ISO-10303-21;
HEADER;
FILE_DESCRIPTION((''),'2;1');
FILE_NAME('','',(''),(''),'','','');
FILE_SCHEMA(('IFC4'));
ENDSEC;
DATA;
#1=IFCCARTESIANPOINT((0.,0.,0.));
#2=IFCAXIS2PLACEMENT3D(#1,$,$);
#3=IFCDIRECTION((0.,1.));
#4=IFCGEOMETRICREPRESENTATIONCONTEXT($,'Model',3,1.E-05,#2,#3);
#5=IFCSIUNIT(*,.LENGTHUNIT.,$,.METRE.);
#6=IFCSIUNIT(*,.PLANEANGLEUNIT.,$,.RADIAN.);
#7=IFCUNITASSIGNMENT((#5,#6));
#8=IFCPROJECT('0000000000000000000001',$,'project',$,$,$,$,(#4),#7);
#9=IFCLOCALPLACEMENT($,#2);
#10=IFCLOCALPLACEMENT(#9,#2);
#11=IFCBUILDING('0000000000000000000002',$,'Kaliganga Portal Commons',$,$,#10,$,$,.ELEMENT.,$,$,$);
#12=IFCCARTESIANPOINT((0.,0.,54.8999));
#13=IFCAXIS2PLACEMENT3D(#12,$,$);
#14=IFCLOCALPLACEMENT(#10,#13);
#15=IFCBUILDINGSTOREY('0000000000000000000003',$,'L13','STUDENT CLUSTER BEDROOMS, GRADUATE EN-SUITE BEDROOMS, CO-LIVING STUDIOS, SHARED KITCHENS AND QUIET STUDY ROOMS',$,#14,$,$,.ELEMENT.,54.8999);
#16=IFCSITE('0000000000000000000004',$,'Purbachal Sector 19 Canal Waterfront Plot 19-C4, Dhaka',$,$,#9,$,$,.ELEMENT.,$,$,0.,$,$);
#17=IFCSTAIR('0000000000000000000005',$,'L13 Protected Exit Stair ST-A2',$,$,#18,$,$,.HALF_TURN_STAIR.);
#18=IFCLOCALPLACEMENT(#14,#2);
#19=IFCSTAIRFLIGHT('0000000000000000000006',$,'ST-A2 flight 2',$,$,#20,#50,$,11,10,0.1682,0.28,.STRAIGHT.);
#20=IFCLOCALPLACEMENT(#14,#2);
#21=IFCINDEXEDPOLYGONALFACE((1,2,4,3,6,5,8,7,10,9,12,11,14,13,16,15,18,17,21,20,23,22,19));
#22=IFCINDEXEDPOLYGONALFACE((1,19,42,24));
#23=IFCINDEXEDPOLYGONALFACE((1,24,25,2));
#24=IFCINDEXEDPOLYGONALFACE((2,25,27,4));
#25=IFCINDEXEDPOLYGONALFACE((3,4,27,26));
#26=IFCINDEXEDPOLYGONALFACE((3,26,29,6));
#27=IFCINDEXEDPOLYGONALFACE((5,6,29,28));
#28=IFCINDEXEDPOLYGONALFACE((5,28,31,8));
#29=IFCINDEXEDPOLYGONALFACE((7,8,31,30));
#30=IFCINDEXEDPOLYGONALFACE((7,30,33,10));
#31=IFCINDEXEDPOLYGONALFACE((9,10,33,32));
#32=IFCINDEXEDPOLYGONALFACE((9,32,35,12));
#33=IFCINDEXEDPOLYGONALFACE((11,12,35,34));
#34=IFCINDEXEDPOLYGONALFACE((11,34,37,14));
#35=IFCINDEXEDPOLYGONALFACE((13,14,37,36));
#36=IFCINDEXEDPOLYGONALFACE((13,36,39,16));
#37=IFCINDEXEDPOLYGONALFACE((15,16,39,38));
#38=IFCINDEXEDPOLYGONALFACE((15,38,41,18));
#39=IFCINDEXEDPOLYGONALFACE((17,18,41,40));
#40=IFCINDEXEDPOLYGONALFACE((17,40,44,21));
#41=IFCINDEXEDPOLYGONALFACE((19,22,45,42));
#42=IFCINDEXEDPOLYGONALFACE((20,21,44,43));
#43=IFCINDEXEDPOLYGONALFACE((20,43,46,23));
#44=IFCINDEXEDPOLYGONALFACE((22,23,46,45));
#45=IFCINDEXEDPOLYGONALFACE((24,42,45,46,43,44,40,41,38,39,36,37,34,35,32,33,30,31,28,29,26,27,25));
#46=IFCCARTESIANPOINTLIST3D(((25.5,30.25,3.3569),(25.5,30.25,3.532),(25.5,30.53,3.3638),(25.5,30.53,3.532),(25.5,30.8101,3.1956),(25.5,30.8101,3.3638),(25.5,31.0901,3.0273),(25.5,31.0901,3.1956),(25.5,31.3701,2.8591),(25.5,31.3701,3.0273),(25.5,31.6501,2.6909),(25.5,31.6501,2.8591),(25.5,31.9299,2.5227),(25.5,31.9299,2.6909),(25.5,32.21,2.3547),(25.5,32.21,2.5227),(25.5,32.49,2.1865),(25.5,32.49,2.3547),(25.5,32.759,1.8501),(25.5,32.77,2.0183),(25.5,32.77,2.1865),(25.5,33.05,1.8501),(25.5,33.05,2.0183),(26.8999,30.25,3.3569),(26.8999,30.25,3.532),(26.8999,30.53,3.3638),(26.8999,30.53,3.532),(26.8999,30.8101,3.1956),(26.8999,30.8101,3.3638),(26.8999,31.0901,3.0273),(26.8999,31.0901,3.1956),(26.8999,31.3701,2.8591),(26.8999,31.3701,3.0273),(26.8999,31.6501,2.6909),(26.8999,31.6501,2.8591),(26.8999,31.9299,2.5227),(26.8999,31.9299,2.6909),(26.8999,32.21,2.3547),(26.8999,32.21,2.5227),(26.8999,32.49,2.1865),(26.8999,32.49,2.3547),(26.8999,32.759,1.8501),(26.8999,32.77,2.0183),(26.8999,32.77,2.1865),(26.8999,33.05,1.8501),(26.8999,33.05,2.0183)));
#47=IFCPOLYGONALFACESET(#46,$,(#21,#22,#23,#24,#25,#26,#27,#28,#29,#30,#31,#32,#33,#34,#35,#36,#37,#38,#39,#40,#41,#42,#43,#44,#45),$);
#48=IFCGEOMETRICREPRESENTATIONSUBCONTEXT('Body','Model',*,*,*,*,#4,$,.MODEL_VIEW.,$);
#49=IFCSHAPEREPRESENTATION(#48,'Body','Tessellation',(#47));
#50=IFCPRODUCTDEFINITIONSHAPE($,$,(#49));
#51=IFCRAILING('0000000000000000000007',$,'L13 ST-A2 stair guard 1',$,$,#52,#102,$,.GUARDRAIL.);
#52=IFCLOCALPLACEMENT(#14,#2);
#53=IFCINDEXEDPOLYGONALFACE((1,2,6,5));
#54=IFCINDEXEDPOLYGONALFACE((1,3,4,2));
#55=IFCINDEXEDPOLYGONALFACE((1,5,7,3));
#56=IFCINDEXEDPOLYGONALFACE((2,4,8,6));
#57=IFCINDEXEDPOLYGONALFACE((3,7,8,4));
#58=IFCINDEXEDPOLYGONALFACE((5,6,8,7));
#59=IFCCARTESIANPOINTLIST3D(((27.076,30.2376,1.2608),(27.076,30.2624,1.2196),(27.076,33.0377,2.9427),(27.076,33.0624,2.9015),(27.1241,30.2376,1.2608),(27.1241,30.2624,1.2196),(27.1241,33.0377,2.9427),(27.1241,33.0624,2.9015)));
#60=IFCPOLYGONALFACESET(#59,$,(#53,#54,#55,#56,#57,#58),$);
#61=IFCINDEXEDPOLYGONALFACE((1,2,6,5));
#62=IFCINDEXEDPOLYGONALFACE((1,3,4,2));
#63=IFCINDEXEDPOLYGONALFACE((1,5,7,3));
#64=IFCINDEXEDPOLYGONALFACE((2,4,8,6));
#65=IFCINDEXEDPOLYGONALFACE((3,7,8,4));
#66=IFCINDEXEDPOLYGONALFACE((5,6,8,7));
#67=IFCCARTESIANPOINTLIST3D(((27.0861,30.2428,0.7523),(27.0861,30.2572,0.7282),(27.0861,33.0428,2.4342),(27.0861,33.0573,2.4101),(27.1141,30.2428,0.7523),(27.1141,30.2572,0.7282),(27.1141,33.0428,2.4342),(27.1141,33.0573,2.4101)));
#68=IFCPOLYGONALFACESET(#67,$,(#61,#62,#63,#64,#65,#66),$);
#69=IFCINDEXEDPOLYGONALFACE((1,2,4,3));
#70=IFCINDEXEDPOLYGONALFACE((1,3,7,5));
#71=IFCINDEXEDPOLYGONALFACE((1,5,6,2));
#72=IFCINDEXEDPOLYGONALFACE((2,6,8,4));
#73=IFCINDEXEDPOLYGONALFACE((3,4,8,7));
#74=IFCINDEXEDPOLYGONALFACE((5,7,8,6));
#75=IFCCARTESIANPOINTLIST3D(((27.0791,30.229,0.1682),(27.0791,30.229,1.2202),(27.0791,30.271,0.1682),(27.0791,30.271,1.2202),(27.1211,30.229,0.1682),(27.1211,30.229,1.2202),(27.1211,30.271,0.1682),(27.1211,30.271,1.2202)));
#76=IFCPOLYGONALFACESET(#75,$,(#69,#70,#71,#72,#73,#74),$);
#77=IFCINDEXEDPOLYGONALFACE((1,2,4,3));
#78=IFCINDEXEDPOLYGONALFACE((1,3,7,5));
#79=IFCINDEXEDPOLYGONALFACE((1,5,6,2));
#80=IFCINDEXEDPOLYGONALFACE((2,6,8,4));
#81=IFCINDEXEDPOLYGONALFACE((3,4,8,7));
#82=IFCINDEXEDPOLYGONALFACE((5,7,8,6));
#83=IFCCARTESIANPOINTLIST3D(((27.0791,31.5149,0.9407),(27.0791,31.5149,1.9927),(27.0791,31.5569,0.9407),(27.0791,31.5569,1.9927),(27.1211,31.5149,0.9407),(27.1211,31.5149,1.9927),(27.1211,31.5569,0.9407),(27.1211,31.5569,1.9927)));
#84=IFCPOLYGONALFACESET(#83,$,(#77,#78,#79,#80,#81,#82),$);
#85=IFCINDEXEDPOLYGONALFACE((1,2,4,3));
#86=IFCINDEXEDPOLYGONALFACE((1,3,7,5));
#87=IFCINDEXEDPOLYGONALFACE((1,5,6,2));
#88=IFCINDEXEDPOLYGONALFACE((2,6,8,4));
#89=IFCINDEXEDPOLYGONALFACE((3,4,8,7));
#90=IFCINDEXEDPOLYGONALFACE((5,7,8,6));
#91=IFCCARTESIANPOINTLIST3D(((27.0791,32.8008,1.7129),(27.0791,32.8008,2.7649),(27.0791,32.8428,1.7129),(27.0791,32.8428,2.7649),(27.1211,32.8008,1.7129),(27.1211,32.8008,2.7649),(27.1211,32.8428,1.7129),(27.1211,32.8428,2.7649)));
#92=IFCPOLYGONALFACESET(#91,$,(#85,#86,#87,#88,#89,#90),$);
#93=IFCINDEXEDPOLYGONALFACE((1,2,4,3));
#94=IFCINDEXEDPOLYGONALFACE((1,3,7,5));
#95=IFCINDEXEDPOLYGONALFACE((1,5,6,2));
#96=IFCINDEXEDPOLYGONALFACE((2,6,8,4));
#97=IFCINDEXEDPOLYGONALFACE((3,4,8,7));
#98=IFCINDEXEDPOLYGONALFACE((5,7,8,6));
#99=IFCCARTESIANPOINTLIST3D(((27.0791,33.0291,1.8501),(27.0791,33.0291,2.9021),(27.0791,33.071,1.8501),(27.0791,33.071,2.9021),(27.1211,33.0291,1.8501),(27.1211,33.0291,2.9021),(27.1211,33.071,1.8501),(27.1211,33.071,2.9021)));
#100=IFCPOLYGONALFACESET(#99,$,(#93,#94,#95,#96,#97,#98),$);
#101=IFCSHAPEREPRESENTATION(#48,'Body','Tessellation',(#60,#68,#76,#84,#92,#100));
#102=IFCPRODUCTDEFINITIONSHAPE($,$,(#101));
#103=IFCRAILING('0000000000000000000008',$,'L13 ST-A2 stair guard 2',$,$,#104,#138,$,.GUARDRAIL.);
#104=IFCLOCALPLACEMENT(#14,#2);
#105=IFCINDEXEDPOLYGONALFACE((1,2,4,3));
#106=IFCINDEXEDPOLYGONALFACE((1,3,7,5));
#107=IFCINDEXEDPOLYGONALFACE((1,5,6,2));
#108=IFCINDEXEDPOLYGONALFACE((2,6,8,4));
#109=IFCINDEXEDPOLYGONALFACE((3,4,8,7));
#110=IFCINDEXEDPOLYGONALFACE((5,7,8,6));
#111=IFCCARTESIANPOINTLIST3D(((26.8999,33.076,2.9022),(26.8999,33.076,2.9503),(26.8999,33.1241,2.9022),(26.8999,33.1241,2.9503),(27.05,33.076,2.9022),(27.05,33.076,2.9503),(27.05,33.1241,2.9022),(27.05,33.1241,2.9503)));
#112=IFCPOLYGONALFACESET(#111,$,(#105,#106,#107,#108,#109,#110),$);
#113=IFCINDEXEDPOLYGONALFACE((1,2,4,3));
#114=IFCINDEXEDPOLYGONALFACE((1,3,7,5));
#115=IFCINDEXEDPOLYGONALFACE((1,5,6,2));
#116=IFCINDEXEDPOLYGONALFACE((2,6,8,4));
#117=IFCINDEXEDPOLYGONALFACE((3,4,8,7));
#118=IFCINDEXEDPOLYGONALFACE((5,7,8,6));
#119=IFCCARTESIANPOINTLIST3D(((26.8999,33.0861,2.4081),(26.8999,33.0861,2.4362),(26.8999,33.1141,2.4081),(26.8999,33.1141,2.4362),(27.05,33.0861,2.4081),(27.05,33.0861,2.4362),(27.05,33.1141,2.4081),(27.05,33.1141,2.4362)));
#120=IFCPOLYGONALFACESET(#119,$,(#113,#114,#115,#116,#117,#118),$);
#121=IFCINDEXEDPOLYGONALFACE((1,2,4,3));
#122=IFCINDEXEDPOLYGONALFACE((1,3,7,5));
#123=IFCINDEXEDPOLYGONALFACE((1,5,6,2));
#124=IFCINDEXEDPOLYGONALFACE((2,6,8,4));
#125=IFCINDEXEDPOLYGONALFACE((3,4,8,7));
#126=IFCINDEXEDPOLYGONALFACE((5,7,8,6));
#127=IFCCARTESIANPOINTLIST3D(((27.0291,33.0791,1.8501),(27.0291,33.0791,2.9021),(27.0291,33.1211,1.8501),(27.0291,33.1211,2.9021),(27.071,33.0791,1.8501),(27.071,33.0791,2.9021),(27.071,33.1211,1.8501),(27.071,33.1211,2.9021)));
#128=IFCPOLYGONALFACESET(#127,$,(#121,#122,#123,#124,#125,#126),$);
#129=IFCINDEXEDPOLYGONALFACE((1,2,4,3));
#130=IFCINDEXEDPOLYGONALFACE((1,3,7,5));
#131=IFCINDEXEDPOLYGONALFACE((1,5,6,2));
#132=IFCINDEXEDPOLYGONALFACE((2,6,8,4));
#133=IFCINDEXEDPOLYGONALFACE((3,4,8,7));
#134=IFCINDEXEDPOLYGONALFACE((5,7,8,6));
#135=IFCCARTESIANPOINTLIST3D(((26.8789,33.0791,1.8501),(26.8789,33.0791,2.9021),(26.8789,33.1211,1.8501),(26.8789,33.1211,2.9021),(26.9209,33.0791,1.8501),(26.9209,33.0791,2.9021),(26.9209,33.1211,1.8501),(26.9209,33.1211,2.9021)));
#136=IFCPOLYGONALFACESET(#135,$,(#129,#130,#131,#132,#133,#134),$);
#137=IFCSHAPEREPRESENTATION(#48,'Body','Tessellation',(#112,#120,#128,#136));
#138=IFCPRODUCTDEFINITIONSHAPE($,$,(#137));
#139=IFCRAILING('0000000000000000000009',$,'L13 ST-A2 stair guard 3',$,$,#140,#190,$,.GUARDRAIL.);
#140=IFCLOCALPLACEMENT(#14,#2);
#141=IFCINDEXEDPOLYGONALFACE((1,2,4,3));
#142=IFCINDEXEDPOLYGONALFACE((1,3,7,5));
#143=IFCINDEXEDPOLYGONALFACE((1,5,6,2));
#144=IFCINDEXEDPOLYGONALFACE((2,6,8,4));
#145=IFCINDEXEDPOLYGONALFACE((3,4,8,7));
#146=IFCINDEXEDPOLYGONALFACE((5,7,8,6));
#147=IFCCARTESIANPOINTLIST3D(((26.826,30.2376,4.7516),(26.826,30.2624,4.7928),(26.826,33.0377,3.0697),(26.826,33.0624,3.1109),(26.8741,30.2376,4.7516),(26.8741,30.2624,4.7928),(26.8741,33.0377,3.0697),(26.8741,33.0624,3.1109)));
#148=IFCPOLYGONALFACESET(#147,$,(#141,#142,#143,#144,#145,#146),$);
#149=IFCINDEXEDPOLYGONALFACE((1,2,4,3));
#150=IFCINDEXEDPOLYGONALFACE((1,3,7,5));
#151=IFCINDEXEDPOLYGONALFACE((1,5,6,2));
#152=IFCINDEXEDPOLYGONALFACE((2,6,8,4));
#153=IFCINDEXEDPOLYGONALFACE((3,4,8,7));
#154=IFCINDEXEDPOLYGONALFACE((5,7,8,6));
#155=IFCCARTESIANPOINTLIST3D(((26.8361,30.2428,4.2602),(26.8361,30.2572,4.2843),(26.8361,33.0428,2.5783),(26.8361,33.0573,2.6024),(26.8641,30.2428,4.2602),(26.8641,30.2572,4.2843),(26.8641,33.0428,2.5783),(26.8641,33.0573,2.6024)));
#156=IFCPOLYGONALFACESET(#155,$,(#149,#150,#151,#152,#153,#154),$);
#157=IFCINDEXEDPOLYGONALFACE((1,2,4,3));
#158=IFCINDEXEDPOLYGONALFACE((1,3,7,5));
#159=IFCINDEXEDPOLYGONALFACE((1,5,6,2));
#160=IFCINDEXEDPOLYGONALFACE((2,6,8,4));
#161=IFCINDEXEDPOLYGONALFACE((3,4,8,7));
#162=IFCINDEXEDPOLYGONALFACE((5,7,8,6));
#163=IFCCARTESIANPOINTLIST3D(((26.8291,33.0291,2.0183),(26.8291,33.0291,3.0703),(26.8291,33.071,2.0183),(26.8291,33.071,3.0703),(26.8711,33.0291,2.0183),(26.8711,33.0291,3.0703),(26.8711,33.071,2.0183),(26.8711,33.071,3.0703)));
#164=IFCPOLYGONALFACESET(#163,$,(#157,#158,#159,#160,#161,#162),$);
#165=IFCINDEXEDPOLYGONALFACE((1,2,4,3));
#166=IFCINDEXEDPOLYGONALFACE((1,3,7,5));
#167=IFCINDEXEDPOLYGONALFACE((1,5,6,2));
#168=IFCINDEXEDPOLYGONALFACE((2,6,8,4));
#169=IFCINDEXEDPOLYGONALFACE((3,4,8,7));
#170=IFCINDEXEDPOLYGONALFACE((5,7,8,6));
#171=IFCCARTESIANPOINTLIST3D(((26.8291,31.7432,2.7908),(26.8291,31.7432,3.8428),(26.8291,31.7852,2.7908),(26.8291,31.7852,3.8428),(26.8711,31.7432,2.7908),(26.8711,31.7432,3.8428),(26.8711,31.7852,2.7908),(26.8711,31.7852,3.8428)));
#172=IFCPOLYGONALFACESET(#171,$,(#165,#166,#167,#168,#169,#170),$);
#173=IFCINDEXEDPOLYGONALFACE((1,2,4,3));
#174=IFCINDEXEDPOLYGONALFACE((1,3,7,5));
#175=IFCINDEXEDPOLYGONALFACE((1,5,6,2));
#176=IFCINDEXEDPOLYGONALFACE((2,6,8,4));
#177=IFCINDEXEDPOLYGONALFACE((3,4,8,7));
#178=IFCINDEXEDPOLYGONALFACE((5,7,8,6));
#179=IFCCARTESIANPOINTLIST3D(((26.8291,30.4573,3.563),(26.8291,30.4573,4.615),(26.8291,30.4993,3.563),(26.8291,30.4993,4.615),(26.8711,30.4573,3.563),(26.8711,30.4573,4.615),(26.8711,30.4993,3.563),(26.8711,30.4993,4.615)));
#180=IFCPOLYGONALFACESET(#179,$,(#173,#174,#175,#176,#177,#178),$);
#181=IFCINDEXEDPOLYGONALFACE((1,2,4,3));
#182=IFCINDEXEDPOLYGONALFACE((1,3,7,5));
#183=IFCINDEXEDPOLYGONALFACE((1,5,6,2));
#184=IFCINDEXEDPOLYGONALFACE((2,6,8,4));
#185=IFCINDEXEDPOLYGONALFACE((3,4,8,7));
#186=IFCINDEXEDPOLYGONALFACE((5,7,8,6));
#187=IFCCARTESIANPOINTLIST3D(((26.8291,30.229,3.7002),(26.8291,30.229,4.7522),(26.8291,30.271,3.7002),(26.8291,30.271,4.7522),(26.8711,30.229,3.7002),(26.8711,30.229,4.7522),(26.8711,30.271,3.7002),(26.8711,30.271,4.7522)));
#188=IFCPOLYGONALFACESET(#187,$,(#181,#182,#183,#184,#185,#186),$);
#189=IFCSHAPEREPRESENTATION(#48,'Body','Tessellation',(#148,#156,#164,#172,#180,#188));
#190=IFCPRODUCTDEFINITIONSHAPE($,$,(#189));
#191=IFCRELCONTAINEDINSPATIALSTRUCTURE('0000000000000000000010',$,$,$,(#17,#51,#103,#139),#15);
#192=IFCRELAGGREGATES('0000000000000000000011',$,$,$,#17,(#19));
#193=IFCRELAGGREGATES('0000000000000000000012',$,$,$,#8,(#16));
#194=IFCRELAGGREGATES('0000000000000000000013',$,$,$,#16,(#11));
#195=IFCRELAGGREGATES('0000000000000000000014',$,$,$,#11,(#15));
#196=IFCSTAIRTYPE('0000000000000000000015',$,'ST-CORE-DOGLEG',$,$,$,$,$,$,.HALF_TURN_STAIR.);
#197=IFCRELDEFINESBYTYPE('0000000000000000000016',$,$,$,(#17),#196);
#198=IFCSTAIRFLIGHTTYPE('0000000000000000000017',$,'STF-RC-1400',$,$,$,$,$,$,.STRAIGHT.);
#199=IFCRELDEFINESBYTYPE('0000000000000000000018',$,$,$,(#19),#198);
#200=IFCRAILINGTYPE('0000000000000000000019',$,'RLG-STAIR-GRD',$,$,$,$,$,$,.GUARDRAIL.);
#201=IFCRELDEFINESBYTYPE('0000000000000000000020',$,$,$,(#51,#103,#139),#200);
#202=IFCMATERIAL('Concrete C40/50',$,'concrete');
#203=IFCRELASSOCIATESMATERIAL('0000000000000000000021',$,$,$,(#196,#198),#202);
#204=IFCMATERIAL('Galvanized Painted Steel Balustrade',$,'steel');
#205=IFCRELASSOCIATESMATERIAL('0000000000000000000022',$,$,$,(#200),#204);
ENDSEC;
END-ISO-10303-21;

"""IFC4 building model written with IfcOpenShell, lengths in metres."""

from ifc_helpers import new_model, si_unit, direction, frame, origin, origin_2d, place, context, subcontext, project, spatial, polyline, rectangle, outline, extrude, material, type_object, element, aggregate, save


model = new_model("IFC4")

# Units and contexts
model_context = context("Model", 3, precision=1e-05, world=origin(), true_north=direction((0.0, 1.0)))
body_context = subcontext(model_context, "Body", "Model", "MODEL_VIEW")
ifc_project = project(units=[si_unit("LENGTHUNIT", "METRE"), si_unit("PLANEANGLEUNIT", "RADIAN")], contexts=[model_context])

# Site, building, storey
site_placement = place(None, origin())
site = spatial("IfcSite", under=ifc_project, at=site_placement, Name="Purbachal Sector 19 Canal Waterfront Plot 19-C4, Dhaka", CompositionType="ELEMENT", RefElevation=0.0)
building_placement = place(site_placement, origin())
building = spatial("IfcBuilding", under=site, at=building_placement, Name="Kaliganga Portal Commons", CompositionType="ELEMENT")
storey_placement = place(building_placement, frame((0.0, 0.0, 54.8999)))
storey = spatial("IfcBuildingStorey", under=building, at=storey_placement, Name="L13", Description="STUDENT CLUSTER BEDROOMS, GRADUATE EN-SUITE BEDROOMS, CO-LIVING STUDIOS, SHARED KITCHENS AND QUIET STUDY ROOMS", CompositionType="ELEMENT", Elevation=54.8999)

# Stair, stair flight
ifc_material_1 = material(Name="Concrete C40/50", Category="concrete")
stair_type = type_object("IfcStairType", Name="ST-CORE-DOGLEG", PredefinedType="HALF_TURN_STAIR", material=ifc_material_1)
stair_placement = place(storey_placement, origin())
stair = element("IfcStair", 1, at=stair_placement, inside=storey, type_object=stair_type, Name="L13 Protected Exit Stair ST-A2", PredefinedType="HALF_TURN_STAIR")
stair_flight_type = type_object("IfcStairFlightType", Name="STF-RC-1400", PredefinedType="STRAIGHT", material=ifc_material_1)
stair_flight_1_placement = place(storey_placement, frame((26.2, 33.05, 1.8501), z_axis=(0.0, 0.0, 1.0), x_axis=(0.0, -1.0, 0.0)))
stair_flight_1 = element("IfcStairFlight", 2, at=stair_flight_1_placement, type_object=stair_flight_type, Name="ST-A2 flight 2", NumberOfRisers=11, NumberOfTreads=10, PredefinedType="STRAIGHT", RiserHeight=0.1682, TreadLength=0.28, context=body_context, shape_type="SweptSolid", body=[
    extrude(outline(polyline([(0.0, 0.0), (0.0, 0.1682), (0.28, 0.1682), (0.28, 0.3364), (0.5601, 0.3364), (0.5601, 0.5046), (0.8401, 0.5046), (0.8401, 0.6726), (1.1201, 0.6726), (1.1201, 0.8408), (1.3999, 0.8408), (1.3999, 1.009), (1.6799, 1.009), (1.6799, 1.1772), (1.96, 1.1772), (1.96, 1.3455), (2.24, 1.3455), (2.24, 1.5137), (2.52, 1.5137), (2.52, 1.6819), (2.8, 1.6819), (2.8, 1.8501), (2.8, 1.5068), (0.291, 0.0), (0.0, 0.0)])), frame((0.0, 0.7, 0.0), z_axis=(0.0, -1.0, 0.0), x_axis=(1.0, 0.0, 0.0)), (0.0, 0.0, 1.0), 1.3999),
])
aggregate(stair, [stair_flight_1])

# Railings
ifc_material_2 = material(Name="Galvanized Painted Steel Balustrade", Category="steel")
railing_type_1 = type_object("IfcRailingType", Name="RLG-STAIR-GRD", PredefinedType="GUARDRAIL", material=ifc_material_2)
railing_1_placement = place(storey_placement, frame((27.1001, 30.25, 0.1682)))
element("IfcRailing", 3, at=railing_1_placement, inside=storey, type_object=railing_type_1, Name="L13 ST-A2 stair guard 1", PredefinedType="GUARDRAIL", context=body_context, shape_type="SweptSolid", body=[
    extrude(rectangle(XDim=0.0481, YDim=0.0481, at=origin_2d()), frame((0.0, 0.0, 1.072), z_axis=(0.0, 0.857242, 0.514913), x_axis=(-1.0, 0.0, 0.0)), (0.0, 0.0, 1.0), 3.2664),
    extrude(rectangle(XDim=0.0281, YDim=0.0281, at=origin_2d()), frame((0.0, 0.0, 0.572), z_axis=(0.0, 0.857242, 0.514913), x_axis=(-1.0, 0.0, 0.0)), (0.0, 0.0, 1.0), 3.2664),
    extrude(rectangle(XDim=0.042, YDim=0.042, at=origin_2d()), origin(), (0.0, 0.0, 1.0), 1.052),
    extrude(rectangle(XDim=0.042, YDim=0.042, at=origin_2d()), frame((0.0, 1.2859, 0.7725)), (0.0, 0.0, 1.0), 1.052),
    extrude(rectangle(XDim=0.042, YDim=0.042, at=origin_2d()), frame((0.0, 2.5718, 1.5447)), (0.0, 0.0, 1.0), 1.052),
    extrude(rectangle(XDim=0.042, YDim=0.042, at=origin_2d()), frame((0.0, 2.8, 1.6819)), (0.0, 0.0, 1.0), 1.052),
])
railing_2_placement = place(storey_placement, frame((27.05, 33.1001, 1.8501)))
element("IfcRailing", 4, at=railing_2_placement, inside=storey, type_object=railing_type_1, Name="L13 ST-A2 stair guard 2", PredefinedType="GUARDRAIL", context=body_context, shape_type="SweptSolid", body=[
    extrude(rectangle(XDim=0.0481, YDim=0.0481, at=origin_2d()), frame((0.0, 0.0, 1.0762), z_axis=(-1.0, 0.0, 0.0), x_axis=(0.0, -1.0, 0.0)), (0.0, 0.0, 1.0), 0.1501),
    extrude(rectangle(XDim=0.0281, YDim=0.0281, at=origin_2d()), frame((0.0, 0.0, 0.572), z_axis=(-1.0, 0.0, 0.0), x_axis=(0.0, -1.0, 0.0)), (0.0, 0.0, 1.0), 0.1501),
    extrude(rectangle(XDim=0.042, YDim=0.042, at=origin_2d()), origin(), (0.0, 0.0, 1.0), 1.052),
    extrude(rectangle(XDim=0.042, YDim=0.042, at=origin_2d()), frame((-0.1501, 0.0, 0.0)), (0.0, 0.0, 1.0), 1.052),
])
railing_3_placement = place(storey_placement, frame((26.8501, 33.05, 2.0183)))
element("IfcRailing", 5, at=railing_3_placement, inside=storey, type_object=railing_type_1, Name="L13 ST-A2 stair guard 3", PredefinedType="GUARDRAIL", context=body_context, shape_type="SweptSolid", body=[
    extrude(rectangle(XDim=0.0481, YDim=0.0481, at=origin_2d()), frame((0.0, 0.0, 1.072), z_axis=(0.0, -0.857242, 0.514913), x_axis=(1.0, 0.0, 0.0)), (0.0, 0.0, 1.0), 3.2664),
    extrude(rectangle(XDim=0.0281, YDim=0.0281, at=origin_2d()), frame((0.0, 0.0, 0.572), z_axis=(0.0, -0.857242, 0.514913), x_axis=(1.0, 0.0, 0.0)), (0.0, 0.0, 1.0), 3.2664),
    extrude(rectangle(XDim=0.042, YDim=0.042, at=origin_2d()), origin(), (0.0, 0.0, 1.0), 1.052),
    extrude(rectangle(XDim=0.042, YDim=0.042, at=origin_2d()), frame((0.0, -1.2859, 0.7725)), (0.0, 0.0, 1.0), 1.052),
    extrude(rectangle(XDim=0.042, YDim=0.042, at=origin_2d()), frame((0.0, -2.5718, 1.5447)), (0.0, 0.0, 1.0), 1.052),
    extrude(rectangle(XDim=0.042, YDim=0.042, at=origin_2d()), frame((0.0, -2.8, 1.6819)), (0.0, 0.0, 1.0), 1.052),
])

save(model, "model.ifc")
